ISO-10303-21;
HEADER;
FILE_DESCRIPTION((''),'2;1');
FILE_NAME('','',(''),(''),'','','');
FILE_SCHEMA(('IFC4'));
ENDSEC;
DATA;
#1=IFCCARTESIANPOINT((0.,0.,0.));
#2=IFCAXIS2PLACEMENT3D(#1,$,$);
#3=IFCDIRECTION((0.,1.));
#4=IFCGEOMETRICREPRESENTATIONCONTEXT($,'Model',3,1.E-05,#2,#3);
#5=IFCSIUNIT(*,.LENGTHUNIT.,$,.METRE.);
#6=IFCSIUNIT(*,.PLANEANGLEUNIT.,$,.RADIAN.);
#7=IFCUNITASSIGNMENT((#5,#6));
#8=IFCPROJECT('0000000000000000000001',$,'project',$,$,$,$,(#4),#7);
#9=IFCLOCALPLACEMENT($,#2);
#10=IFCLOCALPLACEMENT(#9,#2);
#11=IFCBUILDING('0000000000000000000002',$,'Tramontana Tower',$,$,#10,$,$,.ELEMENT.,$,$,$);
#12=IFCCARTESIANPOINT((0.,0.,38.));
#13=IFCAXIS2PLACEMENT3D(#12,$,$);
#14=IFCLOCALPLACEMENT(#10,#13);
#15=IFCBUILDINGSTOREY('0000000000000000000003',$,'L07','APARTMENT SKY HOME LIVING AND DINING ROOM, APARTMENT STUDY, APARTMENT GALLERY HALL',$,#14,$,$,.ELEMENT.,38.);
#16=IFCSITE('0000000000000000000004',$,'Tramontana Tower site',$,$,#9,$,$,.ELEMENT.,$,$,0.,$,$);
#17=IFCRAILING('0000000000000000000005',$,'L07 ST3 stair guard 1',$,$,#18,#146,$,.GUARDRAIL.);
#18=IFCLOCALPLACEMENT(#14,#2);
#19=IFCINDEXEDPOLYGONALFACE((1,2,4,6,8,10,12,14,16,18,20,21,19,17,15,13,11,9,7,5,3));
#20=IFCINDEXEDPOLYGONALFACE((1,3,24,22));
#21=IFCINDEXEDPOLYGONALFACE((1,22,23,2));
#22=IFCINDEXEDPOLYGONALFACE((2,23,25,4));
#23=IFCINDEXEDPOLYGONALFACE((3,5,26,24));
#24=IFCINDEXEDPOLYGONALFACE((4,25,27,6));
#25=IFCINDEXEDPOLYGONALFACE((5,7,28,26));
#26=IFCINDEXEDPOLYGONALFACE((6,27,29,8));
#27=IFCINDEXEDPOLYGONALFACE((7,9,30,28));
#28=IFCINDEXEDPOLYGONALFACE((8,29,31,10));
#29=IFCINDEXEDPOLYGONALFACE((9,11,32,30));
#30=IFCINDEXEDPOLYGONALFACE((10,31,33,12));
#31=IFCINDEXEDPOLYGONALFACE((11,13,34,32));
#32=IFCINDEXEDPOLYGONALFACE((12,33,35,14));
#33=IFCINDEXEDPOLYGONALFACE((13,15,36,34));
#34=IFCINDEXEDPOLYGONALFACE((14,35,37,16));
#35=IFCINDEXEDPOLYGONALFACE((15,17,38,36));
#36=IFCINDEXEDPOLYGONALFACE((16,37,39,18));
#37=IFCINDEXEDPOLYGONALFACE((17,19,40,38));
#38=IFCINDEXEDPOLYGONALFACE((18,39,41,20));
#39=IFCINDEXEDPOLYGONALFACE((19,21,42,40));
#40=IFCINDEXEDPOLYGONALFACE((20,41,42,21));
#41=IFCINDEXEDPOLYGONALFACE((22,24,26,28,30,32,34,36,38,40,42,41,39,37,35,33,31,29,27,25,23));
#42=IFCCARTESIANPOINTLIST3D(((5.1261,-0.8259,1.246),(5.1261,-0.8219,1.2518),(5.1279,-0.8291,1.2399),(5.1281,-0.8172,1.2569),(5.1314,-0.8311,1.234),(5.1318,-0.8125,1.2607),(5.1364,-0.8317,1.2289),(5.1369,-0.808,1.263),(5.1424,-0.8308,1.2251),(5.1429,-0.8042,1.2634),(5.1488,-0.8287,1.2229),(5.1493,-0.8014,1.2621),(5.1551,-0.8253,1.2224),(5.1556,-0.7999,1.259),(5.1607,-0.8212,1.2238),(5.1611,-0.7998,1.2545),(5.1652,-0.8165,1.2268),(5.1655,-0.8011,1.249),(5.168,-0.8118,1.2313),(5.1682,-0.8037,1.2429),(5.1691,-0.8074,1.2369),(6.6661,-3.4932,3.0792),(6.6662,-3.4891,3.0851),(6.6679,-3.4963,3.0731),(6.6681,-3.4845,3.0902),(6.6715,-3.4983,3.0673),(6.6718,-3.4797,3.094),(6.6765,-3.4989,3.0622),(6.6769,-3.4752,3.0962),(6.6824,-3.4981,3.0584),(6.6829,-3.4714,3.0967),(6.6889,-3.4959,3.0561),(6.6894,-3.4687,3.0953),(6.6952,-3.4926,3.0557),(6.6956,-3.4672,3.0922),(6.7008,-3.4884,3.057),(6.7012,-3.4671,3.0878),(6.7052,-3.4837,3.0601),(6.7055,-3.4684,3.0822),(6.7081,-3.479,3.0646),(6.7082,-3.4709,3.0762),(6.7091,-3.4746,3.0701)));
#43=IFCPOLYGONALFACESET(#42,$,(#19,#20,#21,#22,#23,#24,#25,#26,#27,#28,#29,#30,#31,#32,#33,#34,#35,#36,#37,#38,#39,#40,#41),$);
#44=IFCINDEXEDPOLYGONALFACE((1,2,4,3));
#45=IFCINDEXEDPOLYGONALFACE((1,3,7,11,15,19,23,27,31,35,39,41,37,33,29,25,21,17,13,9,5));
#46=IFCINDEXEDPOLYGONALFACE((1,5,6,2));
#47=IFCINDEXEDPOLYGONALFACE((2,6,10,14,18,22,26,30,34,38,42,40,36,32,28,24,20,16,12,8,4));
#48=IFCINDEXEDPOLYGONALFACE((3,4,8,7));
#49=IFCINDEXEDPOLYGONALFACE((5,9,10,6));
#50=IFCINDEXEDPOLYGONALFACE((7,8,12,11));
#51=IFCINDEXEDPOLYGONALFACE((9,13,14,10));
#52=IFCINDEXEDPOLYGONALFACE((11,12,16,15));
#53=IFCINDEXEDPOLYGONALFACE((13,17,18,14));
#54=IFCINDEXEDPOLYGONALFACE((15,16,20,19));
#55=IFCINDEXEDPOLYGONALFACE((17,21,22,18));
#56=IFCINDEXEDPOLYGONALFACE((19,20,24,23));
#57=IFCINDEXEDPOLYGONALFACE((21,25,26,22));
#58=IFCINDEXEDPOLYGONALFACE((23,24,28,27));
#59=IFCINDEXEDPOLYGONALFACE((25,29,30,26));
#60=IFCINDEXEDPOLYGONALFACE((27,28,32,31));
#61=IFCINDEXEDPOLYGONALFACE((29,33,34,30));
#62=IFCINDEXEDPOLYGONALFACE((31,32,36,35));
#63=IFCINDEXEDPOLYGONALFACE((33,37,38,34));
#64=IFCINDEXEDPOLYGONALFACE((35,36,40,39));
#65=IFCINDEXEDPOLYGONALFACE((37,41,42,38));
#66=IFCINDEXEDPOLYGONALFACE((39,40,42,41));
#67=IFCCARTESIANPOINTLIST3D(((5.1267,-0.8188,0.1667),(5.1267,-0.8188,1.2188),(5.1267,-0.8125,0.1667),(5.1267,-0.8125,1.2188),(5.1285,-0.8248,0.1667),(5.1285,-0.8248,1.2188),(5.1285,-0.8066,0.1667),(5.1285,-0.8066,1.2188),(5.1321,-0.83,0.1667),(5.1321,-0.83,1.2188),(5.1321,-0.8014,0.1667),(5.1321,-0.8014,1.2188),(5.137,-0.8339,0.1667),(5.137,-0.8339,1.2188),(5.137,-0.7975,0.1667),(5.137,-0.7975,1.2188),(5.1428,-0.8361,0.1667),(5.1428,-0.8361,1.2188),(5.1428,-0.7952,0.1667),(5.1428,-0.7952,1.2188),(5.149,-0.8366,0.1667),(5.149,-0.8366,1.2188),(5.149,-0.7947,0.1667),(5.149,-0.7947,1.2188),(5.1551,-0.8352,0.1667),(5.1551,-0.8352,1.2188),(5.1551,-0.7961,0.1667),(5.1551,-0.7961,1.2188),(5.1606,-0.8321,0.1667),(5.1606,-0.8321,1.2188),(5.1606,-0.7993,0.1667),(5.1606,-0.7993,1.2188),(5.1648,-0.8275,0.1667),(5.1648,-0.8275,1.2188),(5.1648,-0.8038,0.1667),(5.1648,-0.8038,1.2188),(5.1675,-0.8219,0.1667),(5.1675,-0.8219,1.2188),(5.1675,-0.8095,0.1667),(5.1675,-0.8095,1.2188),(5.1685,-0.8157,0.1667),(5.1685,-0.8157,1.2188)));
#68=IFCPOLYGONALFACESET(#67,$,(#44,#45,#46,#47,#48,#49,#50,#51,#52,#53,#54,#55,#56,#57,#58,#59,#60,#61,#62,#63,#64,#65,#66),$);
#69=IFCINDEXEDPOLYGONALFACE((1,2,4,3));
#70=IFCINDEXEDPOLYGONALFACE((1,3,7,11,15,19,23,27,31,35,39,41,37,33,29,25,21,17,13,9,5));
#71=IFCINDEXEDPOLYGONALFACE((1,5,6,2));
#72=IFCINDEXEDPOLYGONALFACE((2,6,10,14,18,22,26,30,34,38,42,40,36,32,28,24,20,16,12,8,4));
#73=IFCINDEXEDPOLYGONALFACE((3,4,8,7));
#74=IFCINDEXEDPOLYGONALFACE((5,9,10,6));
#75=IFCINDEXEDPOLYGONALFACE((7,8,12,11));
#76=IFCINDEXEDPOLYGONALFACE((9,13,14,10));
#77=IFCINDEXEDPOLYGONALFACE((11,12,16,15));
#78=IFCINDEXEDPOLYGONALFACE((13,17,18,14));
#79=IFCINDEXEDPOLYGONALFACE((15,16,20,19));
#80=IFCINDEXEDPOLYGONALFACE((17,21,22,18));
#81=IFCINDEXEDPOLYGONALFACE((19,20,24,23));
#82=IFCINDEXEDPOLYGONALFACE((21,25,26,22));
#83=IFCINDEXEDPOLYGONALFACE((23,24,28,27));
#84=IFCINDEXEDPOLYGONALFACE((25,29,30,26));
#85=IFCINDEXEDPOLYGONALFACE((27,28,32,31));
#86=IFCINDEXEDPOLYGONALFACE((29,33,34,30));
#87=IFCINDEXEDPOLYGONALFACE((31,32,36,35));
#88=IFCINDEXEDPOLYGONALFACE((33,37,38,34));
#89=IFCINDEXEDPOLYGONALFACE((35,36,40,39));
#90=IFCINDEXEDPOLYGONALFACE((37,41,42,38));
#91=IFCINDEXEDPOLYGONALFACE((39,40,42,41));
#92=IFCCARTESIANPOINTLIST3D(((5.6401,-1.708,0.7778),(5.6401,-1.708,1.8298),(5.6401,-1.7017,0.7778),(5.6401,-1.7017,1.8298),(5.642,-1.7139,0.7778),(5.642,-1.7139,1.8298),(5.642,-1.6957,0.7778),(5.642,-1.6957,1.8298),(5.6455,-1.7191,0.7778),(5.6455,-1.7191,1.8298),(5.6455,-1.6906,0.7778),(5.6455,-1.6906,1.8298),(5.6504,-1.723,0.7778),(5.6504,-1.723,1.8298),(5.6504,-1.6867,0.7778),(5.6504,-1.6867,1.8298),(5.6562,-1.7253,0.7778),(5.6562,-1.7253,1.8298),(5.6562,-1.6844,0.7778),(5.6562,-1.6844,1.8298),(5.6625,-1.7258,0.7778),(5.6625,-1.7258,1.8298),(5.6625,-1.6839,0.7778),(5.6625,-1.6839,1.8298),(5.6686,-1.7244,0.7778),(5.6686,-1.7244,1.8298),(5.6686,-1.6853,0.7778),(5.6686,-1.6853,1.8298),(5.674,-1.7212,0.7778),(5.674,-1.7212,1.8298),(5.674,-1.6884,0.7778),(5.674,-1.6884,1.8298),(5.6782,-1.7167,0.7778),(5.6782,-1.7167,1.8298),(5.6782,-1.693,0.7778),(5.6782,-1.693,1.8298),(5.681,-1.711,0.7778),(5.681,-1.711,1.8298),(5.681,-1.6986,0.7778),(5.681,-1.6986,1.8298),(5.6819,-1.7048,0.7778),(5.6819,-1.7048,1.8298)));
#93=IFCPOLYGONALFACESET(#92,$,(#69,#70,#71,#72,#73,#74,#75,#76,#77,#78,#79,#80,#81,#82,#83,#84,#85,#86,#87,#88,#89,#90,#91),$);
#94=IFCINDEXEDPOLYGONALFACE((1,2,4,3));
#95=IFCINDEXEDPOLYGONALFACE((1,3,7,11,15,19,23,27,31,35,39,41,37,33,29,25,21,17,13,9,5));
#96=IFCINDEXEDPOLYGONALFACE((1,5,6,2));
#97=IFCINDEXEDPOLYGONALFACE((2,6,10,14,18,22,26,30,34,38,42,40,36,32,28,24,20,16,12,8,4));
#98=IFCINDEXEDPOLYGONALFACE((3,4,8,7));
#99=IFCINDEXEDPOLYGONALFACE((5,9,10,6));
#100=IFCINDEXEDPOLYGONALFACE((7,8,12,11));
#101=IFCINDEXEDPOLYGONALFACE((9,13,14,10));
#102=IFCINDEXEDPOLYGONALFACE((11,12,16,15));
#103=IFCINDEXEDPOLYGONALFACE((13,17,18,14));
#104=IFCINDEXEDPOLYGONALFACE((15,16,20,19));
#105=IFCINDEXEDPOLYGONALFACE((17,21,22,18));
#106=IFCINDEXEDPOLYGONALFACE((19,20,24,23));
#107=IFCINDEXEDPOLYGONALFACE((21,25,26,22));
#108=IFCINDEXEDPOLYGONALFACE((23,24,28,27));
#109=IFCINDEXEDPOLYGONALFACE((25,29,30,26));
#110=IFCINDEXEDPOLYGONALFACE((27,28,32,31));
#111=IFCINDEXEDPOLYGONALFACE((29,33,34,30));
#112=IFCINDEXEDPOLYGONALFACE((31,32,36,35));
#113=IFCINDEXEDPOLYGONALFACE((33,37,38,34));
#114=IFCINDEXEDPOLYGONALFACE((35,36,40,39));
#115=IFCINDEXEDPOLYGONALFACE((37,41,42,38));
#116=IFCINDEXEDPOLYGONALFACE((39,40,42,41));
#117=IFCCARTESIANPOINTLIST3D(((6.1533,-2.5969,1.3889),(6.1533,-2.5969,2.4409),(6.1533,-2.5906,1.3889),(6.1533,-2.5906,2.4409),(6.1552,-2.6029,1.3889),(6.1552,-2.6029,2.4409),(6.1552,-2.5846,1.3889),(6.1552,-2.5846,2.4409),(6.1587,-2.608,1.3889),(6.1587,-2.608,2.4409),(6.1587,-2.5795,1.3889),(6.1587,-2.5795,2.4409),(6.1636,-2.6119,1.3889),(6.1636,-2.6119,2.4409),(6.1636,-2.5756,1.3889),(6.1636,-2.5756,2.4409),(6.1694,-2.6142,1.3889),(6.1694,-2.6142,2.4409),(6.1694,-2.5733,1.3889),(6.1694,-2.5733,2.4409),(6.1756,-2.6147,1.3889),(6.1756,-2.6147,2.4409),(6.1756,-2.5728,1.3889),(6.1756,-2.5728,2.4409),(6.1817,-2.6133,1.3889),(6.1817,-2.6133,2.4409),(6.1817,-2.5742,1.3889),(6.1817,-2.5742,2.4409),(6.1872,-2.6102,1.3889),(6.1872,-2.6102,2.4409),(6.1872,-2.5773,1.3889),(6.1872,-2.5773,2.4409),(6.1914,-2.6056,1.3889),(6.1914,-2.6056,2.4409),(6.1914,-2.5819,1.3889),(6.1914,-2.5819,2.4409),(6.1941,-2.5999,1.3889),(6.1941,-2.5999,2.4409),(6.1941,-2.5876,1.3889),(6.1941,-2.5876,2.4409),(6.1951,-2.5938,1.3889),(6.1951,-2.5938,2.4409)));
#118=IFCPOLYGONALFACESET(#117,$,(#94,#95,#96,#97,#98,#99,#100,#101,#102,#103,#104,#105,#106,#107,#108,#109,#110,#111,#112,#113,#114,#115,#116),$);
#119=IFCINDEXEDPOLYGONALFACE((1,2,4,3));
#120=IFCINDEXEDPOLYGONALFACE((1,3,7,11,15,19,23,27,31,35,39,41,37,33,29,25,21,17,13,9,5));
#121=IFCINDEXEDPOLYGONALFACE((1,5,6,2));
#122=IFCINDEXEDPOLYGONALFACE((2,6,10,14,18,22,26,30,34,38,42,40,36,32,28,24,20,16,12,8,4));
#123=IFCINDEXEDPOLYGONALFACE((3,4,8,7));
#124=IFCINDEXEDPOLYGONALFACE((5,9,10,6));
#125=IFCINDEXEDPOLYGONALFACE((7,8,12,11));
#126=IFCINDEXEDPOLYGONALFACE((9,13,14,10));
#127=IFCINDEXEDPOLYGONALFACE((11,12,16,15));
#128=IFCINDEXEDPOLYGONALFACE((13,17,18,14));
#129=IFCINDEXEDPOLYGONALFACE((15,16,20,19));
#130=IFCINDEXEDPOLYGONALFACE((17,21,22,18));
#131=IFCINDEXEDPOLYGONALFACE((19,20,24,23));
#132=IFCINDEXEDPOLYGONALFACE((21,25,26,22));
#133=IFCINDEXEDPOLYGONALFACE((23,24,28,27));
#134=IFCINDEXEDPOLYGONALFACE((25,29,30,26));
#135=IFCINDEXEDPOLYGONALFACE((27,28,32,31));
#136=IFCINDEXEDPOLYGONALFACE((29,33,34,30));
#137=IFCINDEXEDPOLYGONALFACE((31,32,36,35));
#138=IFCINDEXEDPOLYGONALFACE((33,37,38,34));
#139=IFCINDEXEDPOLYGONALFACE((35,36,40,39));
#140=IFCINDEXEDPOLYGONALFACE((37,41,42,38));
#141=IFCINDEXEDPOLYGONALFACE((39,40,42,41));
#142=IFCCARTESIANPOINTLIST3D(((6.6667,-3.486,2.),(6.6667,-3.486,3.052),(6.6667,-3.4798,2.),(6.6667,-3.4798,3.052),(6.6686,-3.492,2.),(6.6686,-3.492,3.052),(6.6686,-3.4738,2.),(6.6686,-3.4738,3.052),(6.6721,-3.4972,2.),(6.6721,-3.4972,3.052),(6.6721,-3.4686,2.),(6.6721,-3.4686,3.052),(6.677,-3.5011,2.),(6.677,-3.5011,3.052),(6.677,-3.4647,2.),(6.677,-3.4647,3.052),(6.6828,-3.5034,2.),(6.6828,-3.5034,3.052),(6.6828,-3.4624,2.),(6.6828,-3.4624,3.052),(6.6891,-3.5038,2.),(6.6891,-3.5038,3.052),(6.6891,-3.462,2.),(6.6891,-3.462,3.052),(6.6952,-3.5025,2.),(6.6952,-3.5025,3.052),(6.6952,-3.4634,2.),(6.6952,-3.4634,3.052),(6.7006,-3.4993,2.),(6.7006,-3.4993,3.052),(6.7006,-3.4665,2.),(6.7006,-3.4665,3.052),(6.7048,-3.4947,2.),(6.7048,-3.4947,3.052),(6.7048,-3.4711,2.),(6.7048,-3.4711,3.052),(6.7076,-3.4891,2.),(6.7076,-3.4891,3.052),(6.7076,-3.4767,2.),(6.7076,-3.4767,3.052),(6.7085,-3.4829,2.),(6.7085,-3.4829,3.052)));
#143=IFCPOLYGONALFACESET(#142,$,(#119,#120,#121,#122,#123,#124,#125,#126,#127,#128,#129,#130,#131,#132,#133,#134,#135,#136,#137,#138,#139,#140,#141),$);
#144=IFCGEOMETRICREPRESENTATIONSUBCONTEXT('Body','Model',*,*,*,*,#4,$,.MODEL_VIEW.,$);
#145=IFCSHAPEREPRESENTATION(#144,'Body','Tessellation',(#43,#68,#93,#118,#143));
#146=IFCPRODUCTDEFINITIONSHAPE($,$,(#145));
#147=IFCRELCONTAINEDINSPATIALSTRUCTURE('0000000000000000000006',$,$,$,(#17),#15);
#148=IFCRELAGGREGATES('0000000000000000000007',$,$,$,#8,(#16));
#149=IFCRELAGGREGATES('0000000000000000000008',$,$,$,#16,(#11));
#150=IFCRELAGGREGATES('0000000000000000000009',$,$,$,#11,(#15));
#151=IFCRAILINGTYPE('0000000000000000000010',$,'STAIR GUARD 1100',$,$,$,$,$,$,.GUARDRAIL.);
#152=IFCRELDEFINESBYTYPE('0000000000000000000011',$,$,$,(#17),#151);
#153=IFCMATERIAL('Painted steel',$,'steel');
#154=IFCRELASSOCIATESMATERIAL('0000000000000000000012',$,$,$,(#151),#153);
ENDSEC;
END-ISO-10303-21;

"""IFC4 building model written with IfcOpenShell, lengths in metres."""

from ifc_helpers import new_model, si_unit, direction, frame, origin, origin_2d, place, context, subcontext, project, spatial, circle, extrude, material, type_object, element, save


model = new_model("IFC4")

# Units and contexts
model_context = context("Model", 3, precision=1e-05, world=origin(), true_north=direction((0.0, 1.0)))
body_context = subcontext(model_context, "Body", "Model", "MODEL_VIEW")
ifc_project = project(units=[si_unit("LENGTHUNIT", "METRE"), si_unit("PLANEANGLEUNIT", "RADIAN")], contexts=[model_context])

# Site, building, storey
site_placement = place(None, origin())
site = spatial("IfcSite", under=ifc_project, at=site_placement, Name="Tramontana Tower site", CompositionType="ELEMENT", RefElevation=0.0)
building_placement = place(site_placement, origin())
building = spatial("IfcBuilding", under=site, at=building_placement, Name="Tramontana Tower", CompositionType="ELEMENT")
storey_placement = place(building_placement, frame((0.0, 0.0, 38.0)))
storey = spatial("IfcBuildingStorey", under=building, at=storey_placement, Name="L07", Description="APARTMENT SKY HOME LIVING AND DINING ROOM, APARTMENT STUDY, APARTMENT GALLERY HALL", CompositionType="ELEMENT", Elevation=38.0)

# Railing
ifc_material_1 = material(Name="Painted steel", Category="steel")
railing_type = type_object("IfcRailingType", Name="STAIR GUARD 1100", PredefinedType="GUARDRAIL", material=ifc_material_1)
railing_1_placement = place(storey_placement, frame((5.1475, -0.8157, 0.1667)))
element("IfcRailing", 1, at=railing_1_placement, inside=storey, type_object=railing_type, Name="L07 ST3 stair guard 1", PredefinedType="GUARDRAIL", context=body_context, shape_type="SweptSolid", body=[
    extrude(circle(Radius=0.0239, at=origin_2d()), frame((0.0, 0.0, 1.0762), z_axis=(0.429671, -0.744159, 0.511478), x_axis=(0.86601, 0.500027, 0.0)), (0.0, 0.0, 1.0), 3.5842),
    extrude(circle(Radius=0.021, at=origin_2d()), origin(), (0.0, 0.0, 1.0), 1.052),
    extrude(circle(Radius=0.021, at=origin_2d()), frame((0.5134, -0.8892, 0.6111)), (0.0, 0.0, 1.0), 1.052),
    extrude(circle(Radius=0.021, at=origin_2d()), frame((1.0266, -1.7781, 1.2222)), (0.0, 0.0, 1.0), 1.052),
    extrude(circle(Radius=0.021, at=origin_2d()), frame((1.54, -2.6672, 1.8333)), (0.0, 0.0, 1.0), 1.052),
])

save(model, "model.ifc")
